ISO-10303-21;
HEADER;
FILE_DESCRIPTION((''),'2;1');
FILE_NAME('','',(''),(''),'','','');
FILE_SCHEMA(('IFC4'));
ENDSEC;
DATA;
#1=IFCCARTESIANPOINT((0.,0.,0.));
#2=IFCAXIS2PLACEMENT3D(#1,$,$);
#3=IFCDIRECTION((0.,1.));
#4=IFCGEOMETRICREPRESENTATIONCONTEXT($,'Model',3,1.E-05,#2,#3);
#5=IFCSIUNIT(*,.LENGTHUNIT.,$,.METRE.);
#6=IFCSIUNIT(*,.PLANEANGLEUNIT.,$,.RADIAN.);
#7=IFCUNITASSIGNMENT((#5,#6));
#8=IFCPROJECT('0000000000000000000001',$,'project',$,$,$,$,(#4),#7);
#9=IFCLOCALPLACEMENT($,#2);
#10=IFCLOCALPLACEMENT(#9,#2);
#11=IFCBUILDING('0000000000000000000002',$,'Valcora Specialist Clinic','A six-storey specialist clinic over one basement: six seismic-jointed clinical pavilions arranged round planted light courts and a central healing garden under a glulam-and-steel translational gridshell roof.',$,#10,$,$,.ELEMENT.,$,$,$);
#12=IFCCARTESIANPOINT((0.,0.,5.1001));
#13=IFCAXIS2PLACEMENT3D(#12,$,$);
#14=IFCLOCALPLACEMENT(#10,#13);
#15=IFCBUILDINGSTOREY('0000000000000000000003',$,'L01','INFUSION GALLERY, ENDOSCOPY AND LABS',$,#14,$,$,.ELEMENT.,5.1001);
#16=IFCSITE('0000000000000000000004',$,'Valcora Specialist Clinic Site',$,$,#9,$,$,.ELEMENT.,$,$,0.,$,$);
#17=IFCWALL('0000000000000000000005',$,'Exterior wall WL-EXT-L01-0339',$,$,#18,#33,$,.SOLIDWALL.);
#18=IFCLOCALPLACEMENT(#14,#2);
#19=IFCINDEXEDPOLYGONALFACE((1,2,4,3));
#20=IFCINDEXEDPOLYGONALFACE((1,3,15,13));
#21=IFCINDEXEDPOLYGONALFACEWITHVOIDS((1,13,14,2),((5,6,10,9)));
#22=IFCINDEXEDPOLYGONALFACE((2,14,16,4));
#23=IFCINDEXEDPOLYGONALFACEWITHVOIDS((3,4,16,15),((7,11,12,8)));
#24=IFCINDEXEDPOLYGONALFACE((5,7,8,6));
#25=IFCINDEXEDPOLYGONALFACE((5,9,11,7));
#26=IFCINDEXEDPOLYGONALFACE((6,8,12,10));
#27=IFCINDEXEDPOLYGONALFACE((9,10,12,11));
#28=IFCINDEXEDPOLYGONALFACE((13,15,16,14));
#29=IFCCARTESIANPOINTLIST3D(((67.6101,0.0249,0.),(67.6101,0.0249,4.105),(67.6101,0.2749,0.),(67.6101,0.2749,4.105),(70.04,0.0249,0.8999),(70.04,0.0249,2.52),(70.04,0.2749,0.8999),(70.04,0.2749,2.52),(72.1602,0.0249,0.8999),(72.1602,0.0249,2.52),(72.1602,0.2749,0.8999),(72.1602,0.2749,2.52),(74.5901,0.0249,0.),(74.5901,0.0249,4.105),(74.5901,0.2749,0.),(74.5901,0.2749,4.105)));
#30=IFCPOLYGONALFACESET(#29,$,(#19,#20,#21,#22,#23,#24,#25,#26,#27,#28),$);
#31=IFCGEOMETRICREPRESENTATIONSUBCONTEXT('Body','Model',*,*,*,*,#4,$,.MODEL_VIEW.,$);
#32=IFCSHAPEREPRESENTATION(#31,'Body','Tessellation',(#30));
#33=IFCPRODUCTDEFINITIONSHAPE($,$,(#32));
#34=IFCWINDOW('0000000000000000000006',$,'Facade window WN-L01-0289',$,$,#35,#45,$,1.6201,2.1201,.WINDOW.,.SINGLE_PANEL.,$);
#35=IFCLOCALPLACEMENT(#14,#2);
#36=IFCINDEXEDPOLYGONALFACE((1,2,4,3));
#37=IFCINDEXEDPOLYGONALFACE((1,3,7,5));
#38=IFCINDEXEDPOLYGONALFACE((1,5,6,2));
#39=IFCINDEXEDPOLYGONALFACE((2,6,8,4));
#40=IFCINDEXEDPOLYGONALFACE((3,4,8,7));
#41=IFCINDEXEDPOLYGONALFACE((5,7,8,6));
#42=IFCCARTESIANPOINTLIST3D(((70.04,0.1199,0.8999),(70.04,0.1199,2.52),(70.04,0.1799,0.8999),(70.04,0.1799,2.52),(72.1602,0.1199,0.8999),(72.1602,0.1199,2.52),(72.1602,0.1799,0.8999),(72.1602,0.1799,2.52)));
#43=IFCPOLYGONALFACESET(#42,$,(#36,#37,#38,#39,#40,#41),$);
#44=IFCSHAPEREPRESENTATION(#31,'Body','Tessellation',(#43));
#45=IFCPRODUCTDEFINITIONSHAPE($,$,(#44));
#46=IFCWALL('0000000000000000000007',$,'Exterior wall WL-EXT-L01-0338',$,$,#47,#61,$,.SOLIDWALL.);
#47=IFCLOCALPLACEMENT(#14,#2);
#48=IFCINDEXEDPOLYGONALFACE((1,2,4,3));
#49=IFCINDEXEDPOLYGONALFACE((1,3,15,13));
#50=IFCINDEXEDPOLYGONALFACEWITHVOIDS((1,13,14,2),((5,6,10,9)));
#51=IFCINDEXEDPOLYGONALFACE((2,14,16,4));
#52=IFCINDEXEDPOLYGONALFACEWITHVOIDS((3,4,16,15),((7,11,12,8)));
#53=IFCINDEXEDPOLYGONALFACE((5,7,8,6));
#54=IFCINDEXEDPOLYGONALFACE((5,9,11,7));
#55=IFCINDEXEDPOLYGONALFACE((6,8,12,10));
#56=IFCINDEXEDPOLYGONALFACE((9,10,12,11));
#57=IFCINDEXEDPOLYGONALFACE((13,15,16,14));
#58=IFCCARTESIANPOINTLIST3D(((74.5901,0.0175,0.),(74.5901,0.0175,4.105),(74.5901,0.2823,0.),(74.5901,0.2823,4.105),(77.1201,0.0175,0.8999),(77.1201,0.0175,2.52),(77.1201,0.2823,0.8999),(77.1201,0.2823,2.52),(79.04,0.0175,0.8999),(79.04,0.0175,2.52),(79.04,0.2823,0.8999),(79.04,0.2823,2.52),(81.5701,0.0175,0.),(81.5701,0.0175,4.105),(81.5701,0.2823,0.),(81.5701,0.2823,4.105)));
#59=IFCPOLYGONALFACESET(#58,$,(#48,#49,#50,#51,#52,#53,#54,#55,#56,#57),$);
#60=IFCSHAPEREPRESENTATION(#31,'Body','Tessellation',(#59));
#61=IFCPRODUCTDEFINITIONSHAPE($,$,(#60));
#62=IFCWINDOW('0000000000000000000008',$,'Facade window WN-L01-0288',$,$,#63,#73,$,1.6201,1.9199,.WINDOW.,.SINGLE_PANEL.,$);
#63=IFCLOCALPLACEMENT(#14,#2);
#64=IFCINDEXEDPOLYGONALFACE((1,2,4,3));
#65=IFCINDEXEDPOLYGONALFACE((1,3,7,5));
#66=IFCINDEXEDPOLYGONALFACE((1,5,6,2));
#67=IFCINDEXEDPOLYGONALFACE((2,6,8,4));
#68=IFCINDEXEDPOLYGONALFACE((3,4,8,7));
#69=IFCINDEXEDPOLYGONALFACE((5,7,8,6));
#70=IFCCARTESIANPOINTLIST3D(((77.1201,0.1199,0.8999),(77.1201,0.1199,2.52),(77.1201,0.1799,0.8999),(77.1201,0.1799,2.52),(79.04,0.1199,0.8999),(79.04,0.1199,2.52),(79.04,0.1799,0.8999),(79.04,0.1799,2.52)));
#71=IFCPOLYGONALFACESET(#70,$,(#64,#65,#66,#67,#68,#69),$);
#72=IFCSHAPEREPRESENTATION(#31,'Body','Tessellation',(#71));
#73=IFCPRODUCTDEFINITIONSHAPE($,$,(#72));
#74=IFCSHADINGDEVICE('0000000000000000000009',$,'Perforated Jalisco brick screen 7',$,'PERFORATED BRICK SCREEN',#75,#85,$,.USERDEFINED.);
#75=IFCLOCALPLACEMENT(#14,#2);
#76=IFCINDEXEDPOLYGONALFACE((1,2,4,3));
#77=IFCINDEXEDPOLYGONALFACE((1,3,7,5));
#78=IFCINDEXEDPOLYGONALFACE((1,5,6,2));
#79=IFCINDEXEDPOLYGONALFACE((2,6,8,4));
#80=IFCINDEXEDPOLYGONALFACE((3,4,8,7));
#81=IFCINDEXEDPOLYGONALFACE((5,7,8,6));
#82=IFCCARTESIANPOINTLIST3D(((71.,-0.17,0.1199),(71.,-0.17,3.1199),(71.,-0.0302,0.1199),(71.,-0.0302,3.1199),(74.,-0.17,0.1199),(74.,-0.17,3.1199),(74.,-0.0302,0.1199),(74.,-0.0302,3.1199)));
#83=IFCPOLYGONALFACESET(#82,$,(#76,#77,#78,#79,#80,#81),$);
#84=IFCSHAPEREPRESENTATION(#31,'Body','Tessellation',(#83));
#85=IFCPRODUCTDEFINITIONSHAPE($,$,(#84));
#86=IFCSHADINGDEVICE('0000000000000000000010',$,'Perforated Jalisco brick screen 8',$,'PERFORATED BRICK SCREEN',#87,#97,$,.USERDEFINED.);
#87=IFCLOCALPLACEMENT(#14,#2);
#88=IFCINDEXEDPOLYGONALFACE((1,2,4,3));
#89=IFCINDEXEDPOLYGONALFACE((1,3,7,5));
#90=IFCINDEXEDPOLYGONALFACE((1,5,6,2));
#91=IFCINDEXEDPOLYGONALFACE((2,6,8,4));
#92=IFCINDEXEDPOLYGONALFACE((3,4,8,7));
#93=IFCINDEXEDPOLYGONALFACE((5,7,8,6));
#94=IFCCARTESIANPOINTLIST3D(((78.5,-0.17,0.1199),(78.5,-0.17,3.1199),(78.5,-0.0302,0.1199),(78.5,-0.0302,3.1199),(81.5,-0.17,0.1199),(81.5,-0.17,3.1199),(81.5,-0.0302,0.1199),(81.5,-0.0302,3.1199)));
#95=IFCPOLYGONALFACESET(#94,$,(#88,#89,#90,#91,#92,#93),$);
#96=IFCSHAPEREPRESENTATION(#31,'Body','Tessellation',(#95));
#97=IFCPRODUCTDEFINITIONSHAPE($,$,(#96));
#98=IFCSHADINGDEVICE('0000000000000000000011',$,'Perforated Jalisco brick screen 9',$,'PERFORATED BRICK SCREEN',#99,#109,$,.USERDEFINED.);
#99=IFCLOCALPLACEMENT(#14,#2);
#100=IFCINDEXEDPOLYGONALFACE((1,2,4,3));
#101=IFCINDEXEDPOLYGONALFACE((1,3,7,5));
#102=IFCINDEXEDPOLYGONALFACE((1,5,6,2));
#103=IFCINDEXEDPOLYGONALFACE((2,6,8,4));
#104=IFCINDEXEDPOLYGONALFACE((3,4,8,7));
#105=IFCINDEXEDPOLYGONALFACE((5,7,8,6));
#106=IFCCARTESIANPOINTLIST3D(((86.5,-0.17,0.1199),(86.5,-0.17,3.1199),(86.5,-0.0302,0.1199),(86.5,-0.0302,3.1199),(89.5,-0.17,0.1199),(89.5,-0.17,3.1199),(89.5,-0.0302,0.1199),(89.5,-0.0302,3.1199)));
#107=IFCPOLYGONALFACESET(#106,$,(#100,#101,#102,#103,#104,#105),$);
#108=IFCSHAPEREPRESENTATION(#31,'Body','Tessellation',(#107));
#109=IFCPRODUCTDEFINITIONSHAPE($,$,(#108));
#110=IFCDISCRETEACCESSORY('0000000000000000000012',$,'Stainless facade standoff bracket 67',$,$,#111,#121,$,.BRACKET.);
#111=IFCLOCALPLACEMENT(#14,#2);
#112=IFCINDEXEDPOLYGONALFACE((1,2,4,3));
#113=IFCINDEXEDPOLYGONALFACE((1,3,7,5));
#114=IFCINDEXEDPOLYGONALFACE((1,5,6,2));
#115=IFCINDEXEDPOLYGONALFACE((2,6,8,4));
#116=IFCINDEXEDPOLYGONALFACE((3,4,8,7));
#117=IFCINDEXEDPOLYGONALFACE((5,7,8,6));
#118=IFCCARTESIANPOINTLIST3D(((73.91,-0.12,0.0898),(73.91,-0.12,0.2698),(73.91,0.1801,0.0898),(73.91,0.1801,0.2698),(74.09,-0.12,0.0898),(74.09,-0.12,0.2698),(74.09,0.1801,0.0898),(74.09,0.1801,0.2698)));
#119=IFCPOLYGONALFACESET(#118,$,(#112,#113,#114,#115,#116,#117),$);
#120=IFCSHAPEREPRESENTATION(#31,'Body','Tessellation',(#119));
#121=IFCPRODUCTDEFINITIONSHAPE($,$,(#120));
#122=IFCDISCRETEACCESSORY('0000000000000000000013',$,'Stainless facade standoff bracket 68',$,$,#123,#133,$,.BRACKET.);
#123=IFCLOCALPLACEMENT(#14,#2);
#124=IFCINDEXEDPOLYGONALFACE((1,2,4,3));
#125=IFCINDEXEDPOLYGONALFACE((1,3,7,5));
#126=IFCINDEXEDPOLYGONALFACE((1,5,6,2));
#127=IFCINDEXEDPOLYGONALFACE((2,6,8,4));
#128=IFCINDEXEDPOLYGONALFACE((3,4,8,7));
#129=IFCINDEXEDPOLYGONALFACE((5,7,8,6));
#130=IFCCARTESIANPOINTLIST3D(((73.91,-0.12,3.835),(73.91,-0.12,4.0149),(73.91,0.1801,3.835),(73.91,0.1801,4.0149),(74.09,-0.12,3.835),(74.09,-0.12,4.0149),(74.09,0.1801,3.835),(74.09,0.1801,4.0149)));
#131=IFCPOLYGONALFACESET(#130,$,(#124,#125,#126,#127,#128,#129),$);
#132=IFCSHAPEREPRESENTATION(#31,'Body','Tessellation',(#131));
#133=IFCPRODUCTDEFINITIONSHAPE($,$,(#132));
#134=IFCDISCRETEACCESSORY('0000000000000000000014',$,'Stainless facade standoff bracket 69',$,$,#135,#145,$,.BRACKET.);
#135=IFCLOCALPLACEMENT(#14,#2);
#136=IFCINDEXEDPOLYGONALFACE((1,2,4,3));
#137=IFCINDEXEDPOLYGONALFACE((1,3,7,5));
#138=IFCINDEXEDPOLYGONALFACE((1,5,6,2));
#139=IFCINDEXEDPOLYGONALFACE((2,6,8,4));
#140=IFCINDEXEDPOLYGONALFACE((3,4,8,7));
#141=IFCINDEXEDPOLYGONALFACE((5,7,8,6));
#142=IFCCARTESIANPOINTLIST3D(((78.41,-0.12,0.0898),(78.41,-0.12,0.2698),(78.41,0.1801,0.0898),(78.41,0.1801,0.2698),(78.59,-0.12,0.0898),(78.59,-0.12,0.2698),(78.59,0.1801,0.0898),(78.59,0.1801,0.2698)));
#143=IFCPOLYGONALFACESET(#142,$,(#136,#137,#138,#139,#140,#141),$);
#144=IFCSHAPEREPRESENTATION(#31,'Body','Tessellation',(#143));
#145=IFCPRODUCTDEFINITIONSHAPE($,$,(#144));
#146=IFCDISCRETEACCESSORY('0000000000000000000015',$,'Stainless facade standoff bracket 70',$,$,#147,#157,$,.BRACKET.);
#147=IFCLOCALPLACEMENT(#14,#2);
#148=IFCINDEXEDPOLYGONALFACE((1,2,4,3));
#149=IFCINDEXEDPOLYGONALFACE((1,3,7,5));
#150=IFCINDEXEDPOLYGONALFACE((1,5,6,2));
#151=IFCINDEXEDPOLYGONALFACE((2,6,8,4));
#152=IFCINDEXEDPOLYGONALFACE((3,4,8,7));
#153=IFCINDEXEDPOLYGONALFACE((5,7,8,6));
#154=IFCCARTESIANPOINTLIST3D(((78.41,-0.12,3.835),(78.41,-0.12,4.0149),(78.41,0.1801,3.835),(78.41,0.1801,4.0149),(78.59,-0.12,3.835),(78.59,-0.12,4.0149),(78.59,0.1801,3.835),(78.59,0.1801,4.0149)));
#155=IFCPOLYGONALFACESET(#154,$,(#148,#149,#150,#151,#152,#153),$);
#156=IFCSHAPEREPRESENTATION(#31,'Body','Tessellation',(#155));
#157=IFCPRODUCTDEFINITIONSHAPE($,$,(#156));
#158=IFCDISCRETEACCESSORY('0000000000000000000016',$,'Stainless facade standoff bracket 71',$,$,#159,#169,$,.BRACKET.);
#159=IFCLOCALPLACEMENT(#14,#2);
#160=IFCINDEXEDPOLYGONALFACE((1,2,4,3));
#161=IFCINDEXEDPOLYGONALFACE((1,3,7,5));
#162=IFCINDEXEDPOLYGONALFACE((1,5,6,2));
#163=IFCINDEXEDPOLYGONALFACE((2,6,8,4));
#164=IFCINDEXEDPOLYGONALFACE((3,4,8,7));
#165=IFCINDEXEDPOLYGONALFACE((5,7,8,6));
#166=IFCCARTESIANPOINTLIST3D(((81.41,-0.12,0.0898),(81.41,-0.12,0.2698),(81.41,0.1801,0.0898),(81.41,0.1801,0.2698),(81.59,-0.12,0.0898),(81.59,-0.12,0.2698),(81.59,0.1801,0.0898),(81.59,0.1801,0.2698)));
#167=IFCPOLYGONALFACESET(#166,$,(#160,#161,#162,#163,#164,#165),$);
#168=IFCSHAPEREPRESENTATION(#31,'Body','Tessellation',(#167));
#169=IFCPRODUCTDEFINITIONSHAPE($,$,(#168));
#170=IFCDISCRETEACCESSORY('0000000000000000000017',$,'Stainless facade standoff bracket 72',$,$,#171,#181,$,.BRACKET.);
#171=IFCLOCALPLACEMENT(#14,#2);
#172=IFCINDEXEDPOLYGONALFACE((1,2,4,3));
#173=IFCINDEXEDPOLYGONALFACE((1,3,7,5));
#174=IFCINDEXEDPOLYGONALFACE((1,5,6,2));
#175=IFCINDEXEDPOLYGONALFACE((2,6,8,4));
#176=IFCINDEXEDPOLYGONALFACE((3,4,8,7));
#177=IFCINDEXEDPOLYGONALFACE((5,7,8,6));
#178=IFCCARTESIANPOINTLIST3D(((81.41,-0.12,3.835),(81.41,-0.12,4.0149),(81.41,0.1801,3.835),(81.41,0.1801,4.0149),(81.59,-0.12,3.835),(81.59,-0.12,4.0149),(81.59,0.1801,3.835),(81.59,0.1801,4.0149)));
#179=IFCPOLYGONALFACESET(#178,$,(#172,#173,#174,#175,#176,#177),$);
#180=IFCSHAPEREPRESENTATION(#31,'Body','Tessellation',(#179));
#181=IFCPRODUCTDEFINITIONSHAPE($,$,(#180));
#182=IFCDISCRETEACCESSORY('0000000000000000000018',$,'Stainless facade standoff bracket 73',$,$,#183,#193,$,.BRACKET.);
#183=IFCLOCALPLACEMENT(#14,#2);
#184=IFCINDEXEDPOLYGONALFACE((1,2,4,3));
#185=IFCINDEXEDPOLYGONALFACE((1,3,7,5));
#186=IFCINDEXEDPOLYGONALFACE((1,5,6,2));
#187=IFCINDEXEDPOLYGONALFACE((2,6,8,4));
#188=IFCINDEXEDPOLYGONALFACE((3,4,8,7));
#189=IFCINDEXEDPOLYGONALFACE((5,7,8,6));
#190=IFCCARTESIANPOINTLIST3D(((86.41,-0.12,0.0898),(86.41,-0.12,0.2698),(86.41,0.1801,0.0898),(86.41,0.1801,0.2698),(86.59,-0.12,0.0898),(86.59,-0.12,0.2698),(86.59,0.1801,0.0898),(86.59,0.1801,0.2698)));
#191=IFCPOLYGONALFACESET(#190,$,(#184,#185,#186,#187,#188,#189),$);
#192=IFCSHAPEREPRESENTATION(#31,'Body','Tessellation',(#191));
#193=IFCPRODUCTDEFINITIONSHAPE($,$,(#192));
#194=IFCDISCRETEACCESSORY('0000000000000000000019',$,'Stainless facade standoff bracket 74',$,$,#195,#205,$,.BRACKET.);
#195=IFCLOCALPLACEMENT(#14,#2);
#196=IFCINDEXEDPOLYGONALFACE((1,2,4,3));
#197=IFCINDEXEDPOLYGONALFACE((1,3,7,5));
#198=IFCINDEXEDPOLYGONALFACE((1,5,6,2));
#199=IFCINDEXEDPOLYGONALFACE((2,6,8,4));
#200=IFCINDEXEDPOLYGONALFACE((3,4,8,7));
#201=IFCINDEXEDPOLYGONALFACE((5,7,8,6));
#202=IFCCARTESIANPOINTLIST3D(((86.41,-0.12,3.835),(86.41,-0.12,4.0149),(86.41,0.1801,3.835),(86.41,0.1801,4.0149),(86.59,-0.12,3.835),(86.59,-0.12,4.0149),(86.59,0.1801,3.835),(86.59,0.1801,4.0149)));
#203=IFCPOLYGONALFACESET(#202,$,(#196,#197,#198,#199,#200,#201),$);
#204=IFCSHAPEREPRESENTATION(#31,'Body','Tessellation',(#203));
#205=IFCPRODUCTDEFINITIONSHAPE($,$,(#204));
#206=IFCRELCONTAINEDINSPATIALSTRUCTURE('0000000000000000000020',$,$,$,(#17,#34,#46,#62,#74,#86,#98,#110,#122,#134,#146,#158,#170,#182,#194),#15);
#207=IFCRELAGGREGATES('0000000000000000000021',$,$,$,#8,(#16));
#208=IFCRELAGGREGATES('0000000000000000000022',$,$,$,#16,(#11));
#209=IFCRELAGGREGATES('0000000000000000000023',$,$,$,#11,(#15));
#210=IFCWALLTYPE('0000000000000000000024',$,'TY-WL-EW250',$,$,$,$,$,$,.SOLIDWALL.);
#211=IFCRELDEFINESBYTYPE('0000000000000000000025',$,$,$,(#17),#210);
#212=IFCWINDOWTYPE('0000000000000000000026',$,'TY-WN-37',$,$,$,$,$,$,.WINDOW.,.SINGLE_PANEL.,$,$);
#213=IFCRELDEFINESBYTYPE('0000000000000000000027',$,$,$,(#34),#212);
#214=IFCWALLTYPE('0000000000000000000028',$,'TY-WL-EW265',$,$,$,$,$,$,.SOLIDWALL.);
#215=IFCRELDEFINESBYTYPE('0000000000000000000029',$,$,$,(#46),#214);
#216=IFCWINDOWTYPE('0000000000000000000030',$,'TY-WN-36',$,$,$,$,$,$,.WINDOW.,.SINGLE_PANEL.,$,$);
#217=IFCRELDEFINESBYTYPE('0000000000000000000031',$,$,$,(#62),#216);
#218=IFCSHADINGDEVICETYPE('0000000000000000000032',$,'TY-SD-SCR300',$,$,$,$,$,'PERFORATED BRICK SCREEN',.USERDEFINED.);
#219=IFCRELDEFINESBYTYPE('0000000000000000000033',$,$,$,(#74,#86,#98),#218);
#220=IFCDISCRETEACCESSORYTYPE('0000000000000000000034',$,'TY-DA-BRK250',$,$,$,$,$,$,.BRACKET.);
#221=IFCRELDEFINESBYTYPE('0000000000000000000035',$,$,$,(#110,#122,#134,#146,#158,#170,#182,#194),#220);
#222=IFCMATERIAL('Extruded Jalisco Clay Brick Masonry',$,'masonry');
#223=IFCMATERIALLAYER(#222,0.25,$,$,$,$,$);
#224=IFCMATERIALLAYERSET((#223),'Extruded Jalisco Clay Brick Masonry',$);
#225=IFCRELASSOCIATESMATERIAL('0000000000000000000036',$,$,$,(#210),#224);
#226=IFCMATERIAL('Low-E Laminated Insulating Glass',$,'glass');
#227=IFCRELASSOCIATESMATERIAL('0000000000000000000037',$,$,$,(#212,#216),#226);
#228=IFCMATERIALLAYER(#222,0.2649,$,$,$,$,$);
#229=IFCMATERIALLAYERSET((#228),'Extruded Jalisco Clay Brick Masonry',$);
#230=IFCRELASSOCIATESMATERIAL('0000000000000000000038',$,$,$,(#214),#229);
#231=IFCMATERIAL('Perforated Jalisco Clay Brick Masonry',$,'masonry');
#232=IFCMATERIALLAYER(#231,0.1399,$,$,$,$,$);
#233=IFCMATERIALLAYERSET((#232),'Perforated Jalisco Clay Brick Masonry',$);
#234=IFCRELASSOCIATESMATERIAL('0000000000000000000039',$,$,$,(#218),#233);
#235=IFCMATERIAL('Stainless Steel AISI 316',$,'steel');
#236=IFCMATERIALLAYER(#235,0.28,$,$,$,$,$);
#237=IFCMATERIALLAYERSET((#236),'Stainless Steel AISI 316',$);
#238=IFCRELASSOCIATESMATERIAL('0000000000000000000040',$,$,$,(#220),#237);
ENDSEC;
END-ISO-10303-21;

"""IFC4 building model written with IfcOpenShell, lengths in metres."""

from ifc_helpers import new_model, si_unit, direction, frame, frame_2d, origin, origin_2d, place, context, subcontext, project, spatial, rectangle, extrude, material, layer, layer_set, type_object, element, fill, save


model = new_model("IFC4")

# Units and contexts
model_context = context("Model", 3, precision=1e-05, world=origin(), true_north=direction((0.0, 1.0)))
body_context = subcontext(model_context, "Body", "Model", "MODEL_VIEW")
ifc_project = project(units=[si_unit("LENGTHUNIT", "METRE"), si_unit("PLANEANGLEUNIT", "RADIAN")], contexts=[model_context])

# Site, building, storey
site_placement = place(None, origin())
site = spatial("IfcSite", under=ifc_project, at=site_placement, Name="Valcora Specialist Clinic Site", CompositionType="ELEMENT", RefElevation=0.0)
building_placement = place(site_placement, origin())
building = spatial("IfcBuilding", under=site, at=building_placement, Name="Valcora Specialist Clinic", Description="A six-storey specialist clinic over one basement: six seismic-jointed clinical pavilions arranged round planted light courts and a central healing garden under a glulam-and-steel translational gridshell roof.", CompositionType="ELEMENT")
storey_placement = place(building_placement, frame((0.0, 0.0, 5.1001)))
storey = spatial("IfcBuildingStorey", under=building, at=storey_placement, Name="L01", Description="INFUSION GALLERY, ENDOSCOPY AND LABS", CompositionType="ELEMENT", Elevation=5.1001)

# Walls, openings, windows
ifc_material_1 = material(Name="Extruded Jalisco Clay Brick Masonry", Category="masonry")
ifc_layer_1 = layer(ifc_material_1, 0.25)
ifc_layer_set_1 = layer_set([ifc_layer_1], Name="Extruded Jalisco Clay Brick Masonry")
wall_type_1 = type_object("IfcWallType", Name="TY-WL-EW250", PredefinedType="SOLIDWALL", material=ifc_layer_set_1)
wall_1_placement = place(storey_placement, frame((74.5901, 0.1499, 0.0), z_axis=(0.0, 0.0, 1.0), x_axis=(-1.0, 0.0, 0.0)))
wall_1 = element("IfcWall", 1, at=wall_1_placement, inside=storey, type_object=wall_type_1, Name="Exterior wall WL-EXT-L01-0339", PredefinedType="SOLIDWALL", context=body_context, shape_type="SweptSolid", body=[
    extrude(rectangle(XDim=6.98, YDim=0.25, at=frame_2d((3.49, 0.0))), origin(), (0.0, 0.0, 1.0), 4.105),
])
opening_1_placement = place(wall_1_placement, frame((2.4299, 0.0, 0.8999)))
opening_1 = element("IfcOpeningElement", 2, at=opening_1_placement, cuts=wall_1, PredefinedType="OPENING", context=body_context, shape_type="SweptSolid", body=[
    extrude(rectangle(XDim=2.1201, YDim=1.6201, at=frame_2d((1.0601, 0.8101))), frame((0.0, 0.135, 0.0), z_axis=(0.0, -1.0, 0.0), x_axis=(1.0, 0.0, 0.0)), (0.0, 0.0, 1.0), 0.27),
])
ifc_material_2 = material(Name="Low-E Laminated Insulating Glass", Category="glass")
window_type_1 = type_object("IfcWindowType", Name="TY-WN-37", PartitioningType="SINGLE_PANEL", PredefinedType="WINDOW", material=ifc_material_2)
window_1_placement = place(opening_1_placement, origin())
window_1 = element("IfcWindow", 3, at=window_1_placement, inside=storey, type_object=window_type_1, Name="Facade window WN-L01-0289", OverallHeight=1.6201, OverallWidth=2.1201, PartitioningType="SINGLE_PANEL", PredefinedType="WINDOW", context=body_context, shape_type="SweptSolid", body=[
    extrude(rectangle(XDim=2.1201, YDim=1.6201, at=frame_2d((1.0601, 0.8101))), frame((0.0, 0.03, 0.0), z_axis=(0.0, -1.0, 0.0), x_axis=(1.0, 0.0, 0.0)), (0.0, 0.0, 1.0), 0.0601),
])
fill(opening_1, window_1)
ifc_layer_2 = layer(ifc_material_1, 0.2649)
ifc_layer_set_2 = layer_set([ifc_layer_2], Name="Extruded Jalisco Clay Brick Masonry")
wall_type_2 = type_object("IfcWallType", Name="TY-WL-EW265", PredefinedType="SOLIDWALL", material=ifc_layer_set_2)
wall_2_placement = place(storey_placement, frame((81.5701, 0.1499, 0.0), z_axis=(0.0, 0.0, 1.0), x_axis=(-1.0, 0.0, 0.0)))
wall_2 = element("IfcWall", 4, at=wall_2_placement, inside=storey, type_object=wall_type_2, Name="Exterior wall WL-EXT-L01-0338", PredefinedType="SOLIDWALL", context=body_context, shape_type="SweptSolid", body=[
    extrude(rectangle(XDim=6.98, YDim=0.2649, at=frame_2d((3.49, 0.0))), origin(), (0.0, 0.0, 1.0), 4.105),
])
opening_2_placement = place(wall_2_placement, frame((2.53, 0.0, 0.8999)))
opening_2 = element("IfcOpeningElement", 5, at=opening_2_placement, cuts=wall_2, PredefinedType="OPENING", context=body_context, shape_type="SweptSolid", body=[
    extrude(rectangle(XDim=1.9199, YDim=1.6201, at=frame_2d((0.96, 0.8101))), frame((0.0, 0.1423, 0.0), z_axis=(0.0, -1.0, 0.0), x_axis=(1.0, 0.0, 0.0)), (0.0, 0.0, 1.0), 0.2849),
])
window_type_2 = type_object("IfcWindowType", Name="TY-WN-36", PartitioningType="SINGLE_PANEL", PredefinedType="WINDOW", material=ifc_material_2)
window_2_placement = place(opening_2_placement, origin())
window_2 = element("IfcWindow", 6, at=window_2_placement, inside=storey, type_object=window_type_2, Name="Facade window WN-L01-0288", OverallHeight=1.6201, OverallWidth=1.9199, PartitioningType="SINGLE_PANEL", PredefinedType="WINDOW", context=body_context, shape_type="SweptSolid", body=[
    extrude(rectangle(XDim=1.9199, YDim=1.6201, at=frame_2d((0.96, 0.8101))), frame((0.0, 0.03, 0.0), z_axis=(0.0, -1.0, 0.0), x_axis=(1.0, 0.0, 0.0)), (0.0, 0.0, 1.0), 0.0601),
])
fill(opening_2, window_2)

# Shading devices
ifc_material_3 = material(Name="Perforated Jalisco Clay Brick Masonry", Category="masonry")
ifc_layer_3 = layer(ifc_material_3, 0.1399)
ifc_layer_set_3 = layer_set([ifc_layer_3], Name="Perforated Jalisco Clay Brick Masonry")
shading_device_type = type_object("IfcShadingDeviceType", Name="TY-SD-SCR300", ElementType="PERFORATED BRICK SCREEN", PredefinedType="USERDEFINED", material=ifc_layer_set_3)
for number, where, z_axis, x_axis, name in (
    (7, (72.5, -0.1001, 0.1199), (0.0, 0.0, 1.0), (1.0, 0.0, 0.0), "Perforated Jalisco brick screen 7"),
    (8, (80.0, -0.1001, 0.1199), (0.0, 0.0, 1.0), (1.0, 0.0, 0.0), "Perforated Jalisco brick screen 8"),
    (9, (88.0, -0.1001, 0.1199), (0.0, 0.0, 1.0), (1.0, 0.0, 0.0), "Perforated Jalisco brick screen 9"),
):
    element("IfcShadingDevice", number, at=place(storey_placement, frame(where, z_axis=z_axis, x_axis=x_axis)), inside=storey, type_object=shading_device_type, Name=name, ObjectType="PERFORATED BRICK SCREEN", PredefinedType="USERDEFINED", context=body_context, shape_type="SweptSolid", body=[
        extrude(rectangle(XDim=3.0, YDim=0.1399, at=origin_2d()), origin(), (0.0, 0.0, 1.0), 3.0),
    ])

# Discrete accessories
ifc_material_4 = material(Name="Stainless Steel AISI 316", Category="steel")
ifc_layer_4 = layer(ifc_material_4, 0.28)
ifc_layer_set_4 = layer_set([ifc_layer_4], Name="Stainless Steel AISI 316")
discrete_accessory_type = type_object("IfcDiscreteAccessoryType", Name="TY-DA-BRK250", PredefinedType="BRACKET", material=ifc_layer_set_4)
for number, where, z_axis, x_axis, name in (
    (10, (74.0, 0.03, 0.0898), (0.0, 0.0, 1.0), (1.0, 0.0, 0.0), "Stainless facade standoff bracket 67"),
    (11, (74.0, 0.03, 3.835), (0.0, 0.0, 1.0), (1.0, 0.0, 0.0), "Stainless facade standoff bracket 68"),
    (12, (78.5, 0.03, 0.0898), (0.0, 0.0, 1.0), (1.0, 0.0, 0.0), "Stainless facade standoff bracket 69"),
    (13, (78.5, 0.03, 3.835), (0.0, 0.0, 1.0), (1.0, 0.0, 0.0), "Stainless facade standoff bracket 70"),
    (14, (81.5, 0.03, 0.0898), (0.0, 0.0, 1.0), (1.0, 0.0, 0.0), "Stainless facade standoff bracket 71"),
    (15, (81.5, 0.03, 3.835), (0.0, 0.0, 1.0), (1.0, 0.0, 0.0), "Stainless facade standoff bracket 72"),
    (16, (86.5, 0.03, 0.0898), (0.0, 0.0, 1.0), (1.0, 0.0, 0.0), "Stainless facade standoff bracket 73"),
    (17, (86.5, 0.03, 3.835), (0.0, 0.0, 1.0), (1.0, 0.0, 0.0), "Stainless facade standoff bracket 74"),
):
    element("IfcDiscreteAccessory", number, at=place(storey_placement, frame(where, z_axis=z_axis, x_axis=x_axis)), inside=storey, type_object=discrete_accessory_type, Name=name, PredefinedType="BRACKET", context=body_context, shape_type="SweptSolid", body=[
        extrude(rectangle(XDim=0.1799, YDim=0.3, at=origin_2d()), origin(), (0.0, 0.0, 1.0), 0.1799),
    ])

save(model, "model.ifc")
